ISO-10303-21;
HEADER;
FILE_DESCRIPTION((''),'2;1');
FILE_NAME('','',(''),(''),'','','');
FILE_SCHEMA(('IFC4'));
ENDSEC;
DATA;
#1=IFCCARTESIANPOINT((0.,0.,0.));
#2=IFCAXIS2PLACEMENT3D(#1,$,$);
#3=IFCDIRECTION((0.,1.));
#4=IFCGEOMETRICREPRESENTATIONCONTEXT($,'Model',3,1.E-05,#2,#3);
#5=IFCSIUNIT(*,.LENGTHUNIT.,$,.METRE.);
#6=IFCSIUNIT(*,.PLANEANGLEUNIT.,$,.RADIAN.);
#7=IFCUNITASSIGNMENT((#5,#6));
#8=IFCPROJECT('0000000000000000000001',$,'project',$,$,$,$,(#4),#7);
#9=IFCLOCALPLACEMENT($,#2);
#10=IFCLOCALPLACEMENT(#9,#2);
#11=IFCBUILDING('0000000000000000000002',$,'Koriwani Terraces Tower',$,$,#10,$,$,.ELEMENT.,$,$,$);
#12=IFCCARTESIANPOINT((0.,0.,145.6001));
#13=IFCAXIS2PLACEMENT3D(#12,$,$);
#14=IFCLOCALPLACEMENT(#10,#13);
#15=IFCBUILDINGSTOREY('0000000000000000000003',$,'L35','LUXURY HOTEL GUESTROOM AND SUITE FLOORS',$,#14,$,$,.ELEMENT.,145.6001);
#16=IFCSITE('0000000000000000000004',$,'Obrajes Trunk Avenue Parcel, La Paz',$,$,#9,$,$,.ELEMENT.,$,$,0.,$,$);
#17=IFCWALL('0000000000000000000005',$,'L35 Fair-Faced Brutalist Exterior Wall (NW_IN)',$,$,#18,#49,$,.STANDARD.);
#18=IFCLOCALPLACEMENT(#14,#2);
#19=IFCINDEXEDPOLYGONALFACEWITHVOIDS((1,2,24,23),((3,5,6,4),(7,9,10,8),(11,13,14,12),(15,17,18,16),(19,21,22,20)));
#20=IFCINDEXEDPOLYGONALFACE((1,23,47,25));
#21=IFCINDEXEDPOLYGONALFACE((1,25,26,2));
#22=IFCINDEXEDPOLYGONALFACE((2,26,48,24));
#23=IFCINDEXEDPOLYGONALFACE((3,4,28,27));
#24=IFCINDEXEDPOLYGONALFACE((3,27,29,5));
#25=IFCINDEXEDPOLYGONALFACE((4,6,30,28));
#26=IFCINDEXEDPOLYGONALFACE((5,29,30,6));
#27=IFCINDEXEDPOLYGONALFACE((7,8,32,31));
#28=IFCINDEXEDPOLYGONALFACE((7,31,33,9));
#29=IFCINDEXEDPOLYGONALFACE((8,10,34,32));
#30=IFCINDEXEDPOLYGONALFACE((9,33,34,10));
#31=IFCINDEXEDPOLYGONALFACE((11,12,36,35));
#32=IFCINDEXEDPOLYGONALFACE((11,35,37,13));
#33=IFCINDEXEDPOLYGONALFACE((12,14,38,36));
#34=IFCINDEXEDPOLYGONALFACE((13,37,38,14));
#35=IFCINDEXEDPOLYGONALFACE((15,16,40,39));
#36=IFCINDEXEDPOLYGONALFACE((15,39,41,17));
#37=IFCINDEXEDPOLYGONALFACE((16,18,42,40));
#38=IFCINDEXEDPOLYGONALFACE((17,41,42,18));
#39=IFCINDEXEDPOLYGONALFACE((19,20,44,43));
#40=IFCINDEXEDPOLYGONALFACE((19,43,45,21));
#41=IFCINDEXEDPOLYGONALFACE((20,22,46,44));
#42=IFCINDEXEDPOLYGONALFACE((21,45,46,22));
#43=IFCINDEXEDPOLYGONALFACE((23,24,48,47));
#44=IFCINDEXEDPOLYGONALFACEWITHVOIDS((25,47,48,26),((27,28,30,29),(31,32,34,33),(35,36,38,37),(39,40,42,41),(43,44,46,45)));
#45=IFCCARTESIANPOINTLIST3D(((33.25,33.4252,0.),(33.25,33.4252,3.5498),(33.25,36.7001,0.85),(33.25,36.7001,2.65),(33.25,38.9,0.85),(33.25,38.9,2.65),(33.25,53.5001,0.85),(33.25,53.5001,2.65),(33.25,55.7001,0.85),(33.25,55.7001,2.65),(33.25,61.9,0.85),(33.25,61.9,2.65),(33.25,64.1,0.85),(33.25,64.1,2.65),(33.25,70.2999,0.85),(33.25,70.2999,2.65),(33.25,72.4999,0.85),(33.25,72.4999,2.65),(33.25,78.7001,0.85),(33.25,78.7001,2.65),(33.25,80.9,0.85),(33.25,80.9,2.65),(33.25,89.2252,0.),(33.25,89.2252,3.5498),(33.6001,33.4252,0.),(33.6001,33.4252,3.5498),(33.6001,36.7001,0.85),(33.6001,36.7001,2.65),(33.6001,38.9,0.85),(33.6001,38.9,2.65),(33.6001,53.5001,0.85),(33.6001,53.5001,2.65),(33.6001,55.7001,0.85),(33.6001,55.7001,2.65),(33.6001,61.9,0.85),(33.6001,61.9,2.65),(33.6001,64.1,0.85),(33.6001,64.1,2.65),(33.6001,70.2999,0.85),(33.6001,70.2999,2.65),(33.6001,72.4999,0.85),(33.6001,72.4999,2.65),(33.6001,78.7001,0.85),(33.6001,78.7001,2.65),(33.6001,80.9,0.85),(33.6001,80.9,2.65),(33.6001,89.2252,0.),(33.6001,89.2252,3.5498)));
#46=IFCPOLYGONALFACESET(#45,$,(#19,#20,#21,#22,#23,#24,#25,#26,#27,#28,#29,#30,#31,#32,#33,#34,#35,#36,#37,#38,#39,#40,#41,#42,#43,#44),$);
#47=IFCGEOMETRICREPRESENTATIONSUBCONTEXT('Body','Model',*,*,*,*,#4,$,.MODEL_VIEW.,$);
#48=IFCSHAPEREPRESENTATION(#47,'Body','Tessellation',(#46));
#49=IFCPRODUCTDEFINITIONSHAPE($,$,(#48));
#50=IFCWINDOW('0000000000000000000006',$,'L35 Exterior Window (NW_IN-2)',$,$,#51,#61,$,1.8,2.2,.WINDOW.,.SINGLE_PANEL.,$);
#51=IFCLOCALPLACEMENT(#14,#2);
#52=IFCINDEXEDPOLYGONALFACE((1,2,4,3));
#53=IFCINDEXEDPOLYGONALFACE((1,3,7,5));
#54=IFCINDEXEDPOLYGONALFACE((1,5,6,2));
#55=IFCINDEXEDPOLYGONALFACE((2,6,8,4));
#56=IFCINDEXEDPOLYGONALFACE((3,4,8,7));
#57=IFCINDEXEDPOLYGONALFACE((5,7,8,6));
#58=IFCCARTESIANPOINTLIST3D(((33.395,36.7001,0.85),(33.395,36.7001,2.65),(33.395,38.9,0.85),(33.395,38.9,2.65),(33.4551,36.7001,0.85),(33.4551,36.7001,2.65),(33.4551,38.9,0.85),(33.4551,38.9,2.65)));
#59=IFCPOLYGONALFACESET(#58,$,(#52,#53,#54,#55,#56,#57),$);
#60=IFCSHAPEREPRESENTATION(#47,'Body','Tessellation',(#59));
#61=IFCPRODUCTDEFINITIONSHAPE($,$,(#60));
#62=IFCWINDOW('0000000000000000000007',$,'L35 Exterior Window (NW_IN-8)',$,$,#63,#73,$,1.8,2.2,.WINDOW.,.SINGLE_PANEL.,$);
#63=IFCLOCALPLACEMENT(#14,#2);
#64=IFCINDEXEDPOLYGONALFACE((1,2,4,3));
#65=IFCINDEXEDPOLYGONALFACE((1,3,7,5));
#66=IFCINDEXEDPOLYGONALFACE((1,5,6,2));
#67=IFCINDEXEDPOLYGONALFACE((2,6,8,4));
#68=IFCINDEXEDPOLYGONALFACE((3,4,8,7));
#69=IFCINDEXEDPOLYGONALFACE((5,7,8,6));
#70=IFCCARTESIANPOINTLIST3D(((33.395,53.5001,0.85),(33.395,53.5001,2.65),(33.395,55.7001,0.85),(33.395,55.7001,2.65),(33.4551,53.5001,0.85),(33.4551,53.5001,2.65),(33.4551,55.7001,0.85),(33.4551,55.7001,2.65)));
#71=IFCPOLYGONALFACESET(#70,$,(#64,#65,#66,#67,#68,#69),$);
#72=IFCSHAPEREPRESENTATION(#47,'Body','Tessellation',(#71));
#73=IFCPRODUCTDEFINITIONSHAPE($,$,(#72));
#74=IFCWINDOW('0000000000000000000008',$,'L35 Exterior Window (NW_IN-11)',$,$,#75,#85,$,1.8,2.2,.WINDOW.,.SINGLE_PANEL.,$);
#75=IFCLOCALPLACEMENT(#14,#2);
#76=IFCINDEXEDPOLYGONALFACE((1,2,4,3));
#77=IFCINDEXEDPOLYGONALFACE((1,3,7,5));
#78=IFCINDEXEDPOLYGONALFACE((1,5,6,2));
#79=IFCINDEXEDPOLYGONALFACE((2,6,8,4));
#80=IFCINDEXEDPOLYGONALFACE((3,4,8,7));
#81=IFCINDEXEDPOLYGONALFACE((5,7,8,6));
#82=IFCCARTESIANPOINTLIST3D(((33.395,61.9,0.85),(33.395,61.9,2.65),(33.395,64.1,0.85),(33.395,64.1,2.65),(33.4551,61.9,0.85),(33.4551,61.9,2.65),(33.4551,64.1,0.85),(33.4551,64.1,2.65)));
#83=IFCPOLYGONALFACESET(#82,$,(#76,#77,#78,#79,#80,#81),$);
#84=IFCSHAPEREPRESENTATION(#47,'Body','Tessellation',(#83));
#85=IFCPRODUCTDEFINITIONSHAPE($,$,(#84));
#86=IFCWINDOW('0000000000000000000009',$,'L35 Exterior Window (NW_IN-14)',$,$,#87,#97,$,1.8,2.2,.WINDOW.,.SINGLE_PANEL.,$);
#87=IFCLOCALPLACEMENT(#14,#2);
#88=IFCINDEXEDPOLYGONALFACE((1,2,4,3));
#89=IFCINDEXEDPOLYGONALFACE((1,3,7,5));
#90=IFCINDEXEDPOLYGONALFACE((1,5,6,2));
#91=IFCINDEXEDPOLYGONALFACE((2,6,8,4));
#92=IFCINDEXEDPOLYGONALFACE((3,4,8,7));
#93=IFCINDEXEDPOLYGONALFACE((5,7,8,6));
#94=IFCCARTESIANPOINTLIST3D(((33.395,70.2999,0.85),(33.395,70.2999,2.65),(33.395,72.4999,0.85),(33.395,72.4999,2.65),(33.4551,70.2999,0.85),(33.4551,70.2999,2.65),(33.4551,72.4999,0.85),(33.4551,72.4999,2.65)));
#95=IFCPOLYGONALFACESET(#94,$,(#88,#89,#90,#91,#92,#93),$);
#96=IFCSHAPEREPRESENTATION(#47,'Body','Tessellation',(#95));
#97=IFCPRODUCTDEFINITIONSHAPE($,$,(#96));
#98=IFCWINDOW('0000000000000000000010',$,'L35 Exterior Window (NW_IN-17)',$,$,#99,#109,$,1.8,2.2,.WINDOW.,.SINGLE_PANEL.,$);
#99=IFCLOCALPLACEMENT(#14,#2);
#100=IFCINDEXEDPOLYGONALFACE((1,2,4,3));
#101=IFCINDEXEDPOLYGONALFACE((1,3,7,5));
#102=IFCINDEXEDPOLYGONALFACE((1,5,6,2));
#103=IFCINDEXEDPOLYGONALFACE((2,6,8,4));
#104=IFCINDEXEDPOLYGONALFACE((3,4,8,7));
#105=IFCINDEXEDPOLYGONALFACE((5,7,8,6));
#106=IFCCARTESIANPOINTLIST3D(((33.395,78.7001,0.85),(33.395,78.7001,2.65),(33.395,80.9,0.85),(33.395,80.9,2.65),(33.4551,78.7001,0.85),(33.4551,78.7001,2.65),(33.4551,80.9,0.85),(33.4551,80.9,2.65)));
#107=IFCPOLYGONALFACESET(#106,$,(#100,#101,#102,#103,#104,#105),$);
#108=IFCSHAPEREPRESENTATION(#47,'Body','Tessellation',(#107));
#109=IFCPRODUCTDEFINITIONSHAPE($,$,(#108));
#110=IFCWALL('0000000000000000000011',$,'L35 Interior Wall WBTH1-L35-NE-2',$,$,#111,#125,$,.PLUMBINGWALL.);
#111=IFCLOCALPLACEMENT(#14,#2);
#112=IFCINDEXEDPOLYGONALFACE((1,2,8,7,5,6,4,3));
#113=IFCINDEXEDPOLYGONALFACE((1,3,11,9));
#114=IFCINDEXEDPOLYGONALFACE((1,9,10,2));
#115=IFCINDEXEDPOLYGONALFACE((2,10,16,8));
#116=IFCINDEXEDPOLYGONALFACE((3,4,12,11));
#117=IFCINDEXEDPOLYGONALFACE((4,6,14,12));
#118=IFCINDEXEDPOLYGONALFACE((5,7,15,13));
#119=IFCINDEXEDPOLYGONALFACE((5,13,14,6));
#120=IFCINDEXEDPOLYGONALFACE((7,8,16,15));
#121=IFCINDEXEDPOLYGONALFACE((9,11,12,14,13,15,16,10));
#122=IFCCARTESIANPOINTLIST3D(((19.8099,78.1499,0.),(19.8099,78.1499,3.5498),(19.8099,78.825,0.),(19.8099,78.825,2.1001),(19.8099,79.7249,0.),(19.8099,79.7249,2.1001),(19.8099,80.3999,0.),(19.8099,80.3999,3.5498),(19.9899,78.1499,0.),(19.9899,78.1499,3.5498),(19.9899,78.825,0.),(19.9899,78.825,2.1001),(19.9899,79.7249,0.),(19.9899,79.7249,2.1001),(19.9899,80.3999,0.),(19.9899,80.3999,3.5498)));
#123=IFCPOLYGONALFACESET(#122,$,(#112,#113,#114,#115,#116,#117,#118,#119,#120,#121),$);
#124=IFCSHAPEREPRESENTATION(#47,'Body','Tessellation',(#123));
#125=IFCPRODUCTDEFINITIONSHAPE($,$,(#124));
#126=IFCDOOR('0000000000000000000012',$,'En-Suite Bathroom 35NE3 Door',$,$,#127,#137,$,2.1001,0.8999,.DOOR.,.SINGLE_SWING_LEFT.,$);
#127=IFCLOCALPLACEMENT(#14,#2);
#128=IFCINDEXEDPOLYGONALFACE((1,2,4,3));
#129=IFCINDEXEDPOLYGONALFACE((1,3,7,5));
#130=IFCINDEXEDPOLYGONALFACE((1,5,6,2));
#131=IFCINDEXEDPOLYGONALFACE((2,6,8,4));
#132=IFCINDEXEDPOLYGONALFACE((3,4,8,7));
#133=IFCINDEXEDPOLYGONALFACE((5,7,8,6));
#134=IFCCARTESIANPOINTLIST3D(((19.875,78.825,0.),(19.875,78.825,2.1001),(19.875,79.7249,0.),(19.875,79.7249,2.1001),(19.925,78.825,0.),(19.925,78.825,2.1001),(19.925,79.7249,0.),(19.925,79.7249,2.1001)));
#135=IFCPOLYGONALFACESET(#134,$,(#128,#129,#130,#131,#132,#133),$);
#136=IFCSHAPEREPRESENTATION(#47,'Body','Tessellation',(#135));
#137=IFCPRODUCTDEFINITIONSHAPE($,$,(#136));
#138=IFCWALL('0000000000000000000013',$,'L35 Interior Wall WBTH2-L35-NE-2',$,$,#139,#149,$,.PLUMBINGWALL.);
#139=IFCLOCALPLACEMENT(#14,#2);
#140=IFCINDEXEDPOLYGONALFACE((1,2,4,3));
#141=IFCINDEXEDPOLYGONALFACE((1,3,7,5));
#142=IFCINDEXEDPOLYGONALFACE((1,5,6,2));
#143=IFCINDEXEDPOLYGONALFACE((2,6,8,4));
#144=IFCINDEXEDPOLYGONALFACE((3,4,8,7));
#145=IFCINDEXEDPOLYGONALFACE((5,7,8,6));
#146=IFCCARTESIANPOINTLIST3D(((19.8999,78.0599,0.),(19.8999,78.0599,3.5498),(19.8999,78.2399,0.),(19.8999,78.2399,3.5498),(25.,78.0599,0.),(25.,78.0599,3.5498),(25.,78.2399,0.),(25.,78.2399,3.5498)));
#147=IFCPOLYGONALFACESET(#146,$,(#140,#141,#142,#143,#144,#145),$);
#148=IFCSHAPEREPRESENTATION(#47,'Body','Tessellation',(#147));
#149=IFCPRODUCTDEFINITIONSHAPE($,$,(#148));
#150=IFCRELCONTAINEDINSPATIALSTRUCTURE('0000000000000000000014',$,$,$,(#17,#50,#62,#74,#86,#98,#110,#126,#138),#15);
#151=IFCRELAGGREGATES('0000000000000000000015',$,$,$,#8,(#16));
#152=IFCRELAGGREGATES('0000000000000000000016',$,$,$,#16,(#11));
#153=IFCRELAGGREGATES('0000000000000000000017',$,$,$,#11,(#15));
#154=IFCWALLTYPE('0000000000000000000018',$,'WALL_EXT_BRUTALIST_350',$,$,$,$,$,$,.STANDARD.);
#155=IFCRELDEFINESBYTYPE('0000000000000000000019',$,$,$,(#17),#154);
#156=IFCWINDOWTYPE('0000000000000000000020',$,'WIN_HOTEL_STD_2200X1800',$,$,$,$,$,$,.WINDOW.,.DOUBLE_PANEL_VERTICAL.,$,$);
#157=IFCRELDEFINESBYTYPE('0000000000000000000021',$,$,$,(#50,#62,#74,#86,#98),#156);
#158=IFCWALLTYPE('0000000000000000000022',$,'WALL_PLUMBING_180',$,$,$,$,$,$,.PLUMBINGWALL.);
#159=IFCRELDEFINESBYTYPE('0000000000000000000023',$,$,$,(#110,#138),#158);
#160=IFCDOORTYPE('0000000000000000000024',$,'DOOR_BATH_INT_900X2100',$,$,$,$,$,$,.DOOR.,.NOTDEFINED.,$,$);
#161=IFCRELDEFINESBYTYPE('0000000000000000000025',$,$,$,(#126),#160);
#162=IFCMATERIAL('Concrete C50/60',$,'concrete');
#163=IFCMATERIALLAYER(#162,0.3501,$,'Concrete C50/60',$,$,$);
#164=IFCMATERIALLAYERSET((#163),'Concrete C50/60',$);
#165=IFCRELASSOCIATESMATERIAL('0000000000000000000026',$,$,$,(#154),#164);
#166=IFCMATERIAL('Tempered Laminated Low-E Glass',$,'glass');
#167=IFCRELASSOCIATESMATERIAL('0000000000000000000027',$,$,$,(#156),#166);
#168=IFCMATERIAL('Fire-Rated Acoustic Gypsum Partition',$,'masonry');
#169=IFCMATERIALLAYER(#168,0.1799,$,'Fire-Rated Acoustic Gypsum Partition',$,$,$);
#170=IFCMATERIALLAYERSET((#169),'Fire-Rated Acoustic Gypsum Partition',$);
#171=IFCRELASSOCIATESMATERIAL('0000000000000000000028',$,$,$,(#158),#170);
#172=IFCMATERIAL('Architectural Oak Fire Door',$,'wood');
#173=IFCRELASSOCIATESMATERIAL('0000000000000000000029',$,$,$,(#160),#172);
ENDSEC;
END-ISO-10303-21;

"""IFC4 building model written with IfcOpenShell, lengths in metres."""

from ifc_helpers import new_model, si_unit, direction, frame, frame_2d, origin, place, context, subcontext, project, spatial, rectangle, extrude, material, layer, layer_set, type_object, element, fill, save


model = new_model("IFC4")

# Units and contexts
model_context = context("Model", 3, precision=1e-05, world=origin(), true_north=direction((0.0, 1.0)))
body_context = subcontext(model_context, "Body", "Model", "MODEL_VIEW")
ifc_project = project(units=[si_unit("LENGTHUNIT", "METRE"), si_unit("PLANEANGLEUNIT", "RADIAN")], contexts=[model_context])

# Site, building, storey
site_placement = place(None, origin())
site = spatial("IfcSite", under=ifc_project, at=site_placement, Name="Obrajes Trunk Avenue Parcel, La Paz", CompositionType="ELEMENT", RefElevation=0.0)
building_placement = place(site_placement, origin())
building = spatial("IfcBuilding", under=site, at=building_placement, Name="Koriwani Terraces Tower", CompositionType="ELEMENT")
storey_placement = place(building_placement, frame((0.0, 0.0, 145.6001)))
storey = spatial("IfcBuildingStorey", under=building, at=storey_placement, Name="L35", Description="LUXURY HOTEL GUESTROOM AND SUITE FLOORS", CompositionType="ELEMENT", Elevation=145.6001)

# Shared definitions
ifc_material_1 = material(Name="Concrete C50/60", Category="concrete")

# Shared definitions
ifc_layer_1 = layer(ifc_material_1, 0.3501, Name="Concrete C50/60")
ifc_layer_set_1 = layer_set([ifc_layer_1], Name="Concrete C50/60")
wall_type_1 = type_object("IfcWallType", Name="WALL_EXT_BRUTALIST_350", PredefinedType="STANDARD", material=ifc_layer_set_1)

# Wall, openings, windows
wall_1_placement = place(storey_placement, frame((33.425, 89.2251, 0.0), z_axis=(0.0, 0.0, 1.0), x_axis=(0.0, -1.0, 0.0)))
wall_1 = element("IfcWall", 1, at=wall_1_placement, inside=storey, type_object=wall_type_1, Name="L35 Fair-Faced Brutalist Exterior Wall (NW_IN)", PredefinedType="STANDARD", context=body_context, shape_type="SweptSolid", body=[
    extrude(rectangle(XDim=55.8, YDim=0.3501, at=frame_2d((27.8999, 0.0))), origin(), (0.0, 0.0, 1.0), 3.5498),
])
opening_1_placement = place(wall_1_placement, frame((50.325, 0.0, 0.8501)))
opening_1 = element("IfcOpeningElement", 2, at=opening_1_placement, cuts=wall_1, PredefinedType="OPENING", context=body_context, shape_type="SweptSolid", body=[
    extrude(rectangle(XDim=2.2, YDim=1.8, at=frame_2d((1.1001, 0.8999))), frame((0.0, 0.1851, 0.0), z_axis=(0.0, -1.0, 0.0), x_axis=(1.0, 0.0, 0.0)), (0.0, 0.0, 1.0), 0.3701),
])
opening_2_placement = place(wall_1_placement, frame((33.5249, 0.0, 0.8501)))
opening_2 = element("IfcOpeningElement", 3, at=opening_2_placement, cuts=wall_1, PredefinedType="OPENING", context=body_context, shape_type="SweptSolid", body=[
    extrude(rectangle(XDim=2.2, YDim=1.8, at=frame_2d((1.1001, 0.8999))), frame((0.0, 0.1851, 0.0), z_axis=(0.0, -1.0, 0.0), x_axis=(1.0, 0.0, 0.0)), (0.0, 0.0, 1.0), 0.3701),
])
opening_3_placement = place(wall_1_placement, frame((25.125, 0.0, 0.8501)))
opening_3 = element("IfcOpeningElement", 4, at=opening_3_placement, cuts=wall_1, PredefinedType="OPENING", context=body_context, shape_type="SweptSolid", body=[
    extrude(rectangle(XDim=2.2, YDim=1.8, at=frame_2d((1.1001, 0.8999))), frame((0.0, 0.1851, 0.0), z_axis=(0.0, -1.0, 0.0), x_axis=(1.0, 0.0, 0.0)), (0.0, 0.0, 1.0), 0.3701),
])
opening_4_placement = place(wall_1_placement, frame((16.7251, 0.0, 0.8501)))
opening_4 = element("IfcOpeningElement", 5, at=opening_4_placement, cuts=wall_1, PredefinedType="OPENING", context=body_context, shape_type="SweptSolid", body=[
    extrude(rectangle(XDim=2.2, YDim=1.8, at=frame_2d((1.1001, 0.8999))), frame((0.0, 0.1851, 0.0), z_axis=(0.0, -1.0, 0.0), x_axis=(1.0, 0.0, 0.0)), (0.0, 0.0, 1.0), 0.3701),
])
opening_5_placement = place(wall_1_placement, frame((8.325, 0.0, 0.8501)))
opening_5 = element("IfcOpeningElement", 6, at=opening_5_placement, cuts=wall_1, PredefinedType="OPENING", context=body_context, shape_type="SweptSolid", body=[
    extrude(rectangle(XDim=2.2, YDim=1.8, at=frame_2d((1.1001, 0.8999))), frame((0.0, 0.1851, 0.0), z_axis=(0.0, -1.0, 0.0), x_axis=(1.0, 0.0, 0.0)), (0.0, 0.0, 1.0), 0.3701),
])
ifc_material_2 = material(Name="Tempered Laminated Low-E Glass", Category="glass")
window_type = type_object("IfcWindowType", Name="WIN_HOTEL_STD_2200X1800", PartitioningType="DOUBLE_PANEL_VERTICAL", PredefinedType="WINDOW", material=ifc_material_2)
window_1_placement = place(opening_1_placement, origin())
window_1 = element("IfcWindow", 7, at=window_1_placement, inside=storey, type_object=window_type, Name="L35 Exterior Window (NW_IN-2)", OverallHeight=1.8, OverallWidth=2.2, PartitioningType="SINGLE_PANEL", PredefinedType="WINDOW", context=body_context, shape_type="SweptSolid", body=[
    extrude(rectangle(XDim=2.2, YDim=1.8, at=frame_2d((1.1001, 0.8999))), frame((0.0, 0.03, 0.0), z_axis=(0.0, -1.0, 0.0), x_axis=(1.0, 0.0, 0.0)), (0.0, 0.0, 1.0), 0.0601),
])
fill(opening_1, window_1)
window_2_placement = place(opening_2_placement, origin())
window_2 = element("IfcWindow", 8, at=window_2_placement, inside=storey, type_object=window_type, Name="L35 Exterior Window (NW_IN-8)", OverallHeight=1.8, OverallWidth=2.2, PartitioningType="SINGLE_PANEL", PredefinedType="WINDOW", context=body_context, shape_type="SweptSolid", body=[
    extrude(rectangle(XDim=2.2, YDim=1.8, at=frame_2d((1.1001, 0.8999))), frame((0.0, 0.03, 0.0), z_axis=(0.0, -1.0, 0.0), x_axis=(1.0, 0.0, 0.0)), (0.0, 0.0, 1.0), 0.0601),
])
fill(opening_2, window_2)
window_3_placement = place(opening_3_placement, origin())
window_3 = element("IfcWindow", 9, at=window_3_placement, inside=storey, type_object=window_type, Name="L35 Exterior Window (NW_IN-11)", OverallHeight=1.8, OverallWidth=2.2, PartitioningType="SINGLE_PANEL", PredefinedType="WINDOW", context=body_context, shape_type="SweptSolid", body=[
    extrude(rectangle(XDim=2.2, YDim=1.8, at=frame_2d((1.1001, 0.8999))), frame((0.0, 0.03, 0.0), z_axis=(0.0, -1.0, 0.0), x_axis=(1.0, 0.0, 0.0)), (0.0, 0.0, 1.0), 0.0601),
])
fill(opening_3, window_3)
window_4_placement = place(opening_4_placement, origin())
window_4 = element("IfcWindow", 10, at=window_4_placement, inside=storey, type_object=window_type, Name="L35 Exterior Window (NW_IN-14)", OverallHeight=1.8, OverallWidth=2.2, PartitioningType="SINGLE_PANEL", PredefinedType="WINDOW", context=body_context, shape_type="SweptSolid", body=[
    extrude(rectangle(XDim=2.2, YDim=1.8, at=frame_2d((1.1001, 0.8999))), frame((0.0, 0.03, 0.0), z_axis=(0.0, -1.0, 0.0), x_axis=(1.0, 0.0, 0.0)), (0.0, 0.0, 1.0), 0.0601),
])
fill(opening_4, window_4)
window_5_placement = place(opening_5_placement, origin())
window_5 = element("IfcWindow", 11, at=window_5_placement, inside=storey, type_object=window_type, Name="L35 Exterior Window (NW_IN-17)", OverallHeight=1.8, OverallWidth=2.2, PartitioningType="SINGLE_PANEL", PredefinedType="WINDOW", context=body_context, shape_type="SweptSolid", body=[
    extrude(rectangle(XDim=2.2, YDim=1.8, at=frame_2d((1.1001, 0.8999))), frame((0.0, 0.03, 0.0), z_axis=(0.0, -1.0, 0.0), x_axis=(1.0, 0.0, 0.0)), (0.0, 0.0, 1.0), 0.0601),
])
fill(opening_5, window_5)

# Wall, opening, door
ifc_material_3 = material(Name="Fire-Rated Acoustic Gypsum Partition", Category="masonry")
ifc_layer_2 = layer(ifc_material_3, 0.1799, Name="Fire-Rated Acoustic Gypsum Partition")
ifc_layer_set_2 = layer_set([ifc_layer_2], Name="Fire-Rated Acoustic Gypsum Partition")
wall_type_2 = type_object("IfcWallType", Name="WALL_PLUMBING_180", PredefinedType="PLUMBINGWALL", material=ifc_layer_set_2)
wall_2_placement = place(storey_placement, frame((19.8999, 78.1499, 0.0), z_axis=(0.0, 0.0, 1.0), x_axis=(0.0, 1.0, 0.0)))
wall_2 = element("IfcWall", 12, at=wall_2_placement, inside=storey, type_object=wall_type_2, Name="L35 Interior Wall WBTH1-L35-NE-2", PredefinedType="PLUMBINGWALL", context=body_context, shape_type="SweptSolid", body=[
    extrude(rectangle(XDim=2.25, YDim=0.1799, at=frame_2d((1.125, 0.0))), origin(), (0.0, 0.0, 1.0), 3.5498),
])
opening_6_placement = place(wall_2_placement, frame((0.675, 0.0, 0.0)))
opening_6 = element("IfcOpeningElement", 13, at=opening_6_placement, cuts=wall_2, PredefinedType="OPENING", context=body_context, shape_type="SweptSolid", body=[
    extrude(rectangle(XDim=0.8999, YDim=2.1001, at=frame_2d((0.45, 1.05))), frame((0.0, 0.1001, 0.0), z_axis=(0.0, -1.0, 0.0), x_axis=(1.0, 0.0, 0.0)), (0.0, 0.0, 1.0), 0.2),
])
ifc_material_4 = material(Name="Architectural Oak Fire Door", Category="wood")
door_type = type_object("IfcDoorType", Name="DOOR_BATH_INT_900X2100", OperationType="NOTDEFINED", PredefinedType="DOOR", material=ifc_material_4)
door_1_placement = place(opening_6_placement, origin())
door_1 = element("IfcDoor", 14, at=door_1_placement, inside=storey, type_object=door_type, Name="En-Suite Bathroom 35NE3 Door", OperationType="SINGLE_SWING_LEFT", OverallHeight=2.1001, OverallWidth=0.8999, PredefinedType="DOOR", context=body_context, shape_type="SweptSolid", body=[
    extrude(rectangle(XDim=0.8999, YDim=2.1001, at=frame_2d((0.45, 1.05))), frame((0.0, 0.0249, 0.0), z_axis=(0.0, -1.0, 0.0), x_axis=(1.0, 0.0, 0.0)), (0.0, 0.0, 1.0), 0.05),
])
fill(opening_6, door_1)

# Wall
wall_3_placement = place(storey_placement, frame((19.8999, 78.1499, 0.0), z_axis=(0.0, 0.0, 1.0), x_axis=(1.0, 0.0, 0.0)))
element("IfcWall", 15, at=wall_3_placement, inside=storey, type_object=wall_type_2, Name="L35 Interior Wall WBTH2-L35-NE-2", PredefinedType="PLUMBINGWALL", context=body_context, shape_type="SweptSolid", body=[
    extrude(rectangle(XDim=5.1001, YDim=0.1799, at=frame_2d((2.55, 0.0))), origin(), (0.0, 0.0, 1.0), 3.5498),
])

save(model, "model.ifc")
